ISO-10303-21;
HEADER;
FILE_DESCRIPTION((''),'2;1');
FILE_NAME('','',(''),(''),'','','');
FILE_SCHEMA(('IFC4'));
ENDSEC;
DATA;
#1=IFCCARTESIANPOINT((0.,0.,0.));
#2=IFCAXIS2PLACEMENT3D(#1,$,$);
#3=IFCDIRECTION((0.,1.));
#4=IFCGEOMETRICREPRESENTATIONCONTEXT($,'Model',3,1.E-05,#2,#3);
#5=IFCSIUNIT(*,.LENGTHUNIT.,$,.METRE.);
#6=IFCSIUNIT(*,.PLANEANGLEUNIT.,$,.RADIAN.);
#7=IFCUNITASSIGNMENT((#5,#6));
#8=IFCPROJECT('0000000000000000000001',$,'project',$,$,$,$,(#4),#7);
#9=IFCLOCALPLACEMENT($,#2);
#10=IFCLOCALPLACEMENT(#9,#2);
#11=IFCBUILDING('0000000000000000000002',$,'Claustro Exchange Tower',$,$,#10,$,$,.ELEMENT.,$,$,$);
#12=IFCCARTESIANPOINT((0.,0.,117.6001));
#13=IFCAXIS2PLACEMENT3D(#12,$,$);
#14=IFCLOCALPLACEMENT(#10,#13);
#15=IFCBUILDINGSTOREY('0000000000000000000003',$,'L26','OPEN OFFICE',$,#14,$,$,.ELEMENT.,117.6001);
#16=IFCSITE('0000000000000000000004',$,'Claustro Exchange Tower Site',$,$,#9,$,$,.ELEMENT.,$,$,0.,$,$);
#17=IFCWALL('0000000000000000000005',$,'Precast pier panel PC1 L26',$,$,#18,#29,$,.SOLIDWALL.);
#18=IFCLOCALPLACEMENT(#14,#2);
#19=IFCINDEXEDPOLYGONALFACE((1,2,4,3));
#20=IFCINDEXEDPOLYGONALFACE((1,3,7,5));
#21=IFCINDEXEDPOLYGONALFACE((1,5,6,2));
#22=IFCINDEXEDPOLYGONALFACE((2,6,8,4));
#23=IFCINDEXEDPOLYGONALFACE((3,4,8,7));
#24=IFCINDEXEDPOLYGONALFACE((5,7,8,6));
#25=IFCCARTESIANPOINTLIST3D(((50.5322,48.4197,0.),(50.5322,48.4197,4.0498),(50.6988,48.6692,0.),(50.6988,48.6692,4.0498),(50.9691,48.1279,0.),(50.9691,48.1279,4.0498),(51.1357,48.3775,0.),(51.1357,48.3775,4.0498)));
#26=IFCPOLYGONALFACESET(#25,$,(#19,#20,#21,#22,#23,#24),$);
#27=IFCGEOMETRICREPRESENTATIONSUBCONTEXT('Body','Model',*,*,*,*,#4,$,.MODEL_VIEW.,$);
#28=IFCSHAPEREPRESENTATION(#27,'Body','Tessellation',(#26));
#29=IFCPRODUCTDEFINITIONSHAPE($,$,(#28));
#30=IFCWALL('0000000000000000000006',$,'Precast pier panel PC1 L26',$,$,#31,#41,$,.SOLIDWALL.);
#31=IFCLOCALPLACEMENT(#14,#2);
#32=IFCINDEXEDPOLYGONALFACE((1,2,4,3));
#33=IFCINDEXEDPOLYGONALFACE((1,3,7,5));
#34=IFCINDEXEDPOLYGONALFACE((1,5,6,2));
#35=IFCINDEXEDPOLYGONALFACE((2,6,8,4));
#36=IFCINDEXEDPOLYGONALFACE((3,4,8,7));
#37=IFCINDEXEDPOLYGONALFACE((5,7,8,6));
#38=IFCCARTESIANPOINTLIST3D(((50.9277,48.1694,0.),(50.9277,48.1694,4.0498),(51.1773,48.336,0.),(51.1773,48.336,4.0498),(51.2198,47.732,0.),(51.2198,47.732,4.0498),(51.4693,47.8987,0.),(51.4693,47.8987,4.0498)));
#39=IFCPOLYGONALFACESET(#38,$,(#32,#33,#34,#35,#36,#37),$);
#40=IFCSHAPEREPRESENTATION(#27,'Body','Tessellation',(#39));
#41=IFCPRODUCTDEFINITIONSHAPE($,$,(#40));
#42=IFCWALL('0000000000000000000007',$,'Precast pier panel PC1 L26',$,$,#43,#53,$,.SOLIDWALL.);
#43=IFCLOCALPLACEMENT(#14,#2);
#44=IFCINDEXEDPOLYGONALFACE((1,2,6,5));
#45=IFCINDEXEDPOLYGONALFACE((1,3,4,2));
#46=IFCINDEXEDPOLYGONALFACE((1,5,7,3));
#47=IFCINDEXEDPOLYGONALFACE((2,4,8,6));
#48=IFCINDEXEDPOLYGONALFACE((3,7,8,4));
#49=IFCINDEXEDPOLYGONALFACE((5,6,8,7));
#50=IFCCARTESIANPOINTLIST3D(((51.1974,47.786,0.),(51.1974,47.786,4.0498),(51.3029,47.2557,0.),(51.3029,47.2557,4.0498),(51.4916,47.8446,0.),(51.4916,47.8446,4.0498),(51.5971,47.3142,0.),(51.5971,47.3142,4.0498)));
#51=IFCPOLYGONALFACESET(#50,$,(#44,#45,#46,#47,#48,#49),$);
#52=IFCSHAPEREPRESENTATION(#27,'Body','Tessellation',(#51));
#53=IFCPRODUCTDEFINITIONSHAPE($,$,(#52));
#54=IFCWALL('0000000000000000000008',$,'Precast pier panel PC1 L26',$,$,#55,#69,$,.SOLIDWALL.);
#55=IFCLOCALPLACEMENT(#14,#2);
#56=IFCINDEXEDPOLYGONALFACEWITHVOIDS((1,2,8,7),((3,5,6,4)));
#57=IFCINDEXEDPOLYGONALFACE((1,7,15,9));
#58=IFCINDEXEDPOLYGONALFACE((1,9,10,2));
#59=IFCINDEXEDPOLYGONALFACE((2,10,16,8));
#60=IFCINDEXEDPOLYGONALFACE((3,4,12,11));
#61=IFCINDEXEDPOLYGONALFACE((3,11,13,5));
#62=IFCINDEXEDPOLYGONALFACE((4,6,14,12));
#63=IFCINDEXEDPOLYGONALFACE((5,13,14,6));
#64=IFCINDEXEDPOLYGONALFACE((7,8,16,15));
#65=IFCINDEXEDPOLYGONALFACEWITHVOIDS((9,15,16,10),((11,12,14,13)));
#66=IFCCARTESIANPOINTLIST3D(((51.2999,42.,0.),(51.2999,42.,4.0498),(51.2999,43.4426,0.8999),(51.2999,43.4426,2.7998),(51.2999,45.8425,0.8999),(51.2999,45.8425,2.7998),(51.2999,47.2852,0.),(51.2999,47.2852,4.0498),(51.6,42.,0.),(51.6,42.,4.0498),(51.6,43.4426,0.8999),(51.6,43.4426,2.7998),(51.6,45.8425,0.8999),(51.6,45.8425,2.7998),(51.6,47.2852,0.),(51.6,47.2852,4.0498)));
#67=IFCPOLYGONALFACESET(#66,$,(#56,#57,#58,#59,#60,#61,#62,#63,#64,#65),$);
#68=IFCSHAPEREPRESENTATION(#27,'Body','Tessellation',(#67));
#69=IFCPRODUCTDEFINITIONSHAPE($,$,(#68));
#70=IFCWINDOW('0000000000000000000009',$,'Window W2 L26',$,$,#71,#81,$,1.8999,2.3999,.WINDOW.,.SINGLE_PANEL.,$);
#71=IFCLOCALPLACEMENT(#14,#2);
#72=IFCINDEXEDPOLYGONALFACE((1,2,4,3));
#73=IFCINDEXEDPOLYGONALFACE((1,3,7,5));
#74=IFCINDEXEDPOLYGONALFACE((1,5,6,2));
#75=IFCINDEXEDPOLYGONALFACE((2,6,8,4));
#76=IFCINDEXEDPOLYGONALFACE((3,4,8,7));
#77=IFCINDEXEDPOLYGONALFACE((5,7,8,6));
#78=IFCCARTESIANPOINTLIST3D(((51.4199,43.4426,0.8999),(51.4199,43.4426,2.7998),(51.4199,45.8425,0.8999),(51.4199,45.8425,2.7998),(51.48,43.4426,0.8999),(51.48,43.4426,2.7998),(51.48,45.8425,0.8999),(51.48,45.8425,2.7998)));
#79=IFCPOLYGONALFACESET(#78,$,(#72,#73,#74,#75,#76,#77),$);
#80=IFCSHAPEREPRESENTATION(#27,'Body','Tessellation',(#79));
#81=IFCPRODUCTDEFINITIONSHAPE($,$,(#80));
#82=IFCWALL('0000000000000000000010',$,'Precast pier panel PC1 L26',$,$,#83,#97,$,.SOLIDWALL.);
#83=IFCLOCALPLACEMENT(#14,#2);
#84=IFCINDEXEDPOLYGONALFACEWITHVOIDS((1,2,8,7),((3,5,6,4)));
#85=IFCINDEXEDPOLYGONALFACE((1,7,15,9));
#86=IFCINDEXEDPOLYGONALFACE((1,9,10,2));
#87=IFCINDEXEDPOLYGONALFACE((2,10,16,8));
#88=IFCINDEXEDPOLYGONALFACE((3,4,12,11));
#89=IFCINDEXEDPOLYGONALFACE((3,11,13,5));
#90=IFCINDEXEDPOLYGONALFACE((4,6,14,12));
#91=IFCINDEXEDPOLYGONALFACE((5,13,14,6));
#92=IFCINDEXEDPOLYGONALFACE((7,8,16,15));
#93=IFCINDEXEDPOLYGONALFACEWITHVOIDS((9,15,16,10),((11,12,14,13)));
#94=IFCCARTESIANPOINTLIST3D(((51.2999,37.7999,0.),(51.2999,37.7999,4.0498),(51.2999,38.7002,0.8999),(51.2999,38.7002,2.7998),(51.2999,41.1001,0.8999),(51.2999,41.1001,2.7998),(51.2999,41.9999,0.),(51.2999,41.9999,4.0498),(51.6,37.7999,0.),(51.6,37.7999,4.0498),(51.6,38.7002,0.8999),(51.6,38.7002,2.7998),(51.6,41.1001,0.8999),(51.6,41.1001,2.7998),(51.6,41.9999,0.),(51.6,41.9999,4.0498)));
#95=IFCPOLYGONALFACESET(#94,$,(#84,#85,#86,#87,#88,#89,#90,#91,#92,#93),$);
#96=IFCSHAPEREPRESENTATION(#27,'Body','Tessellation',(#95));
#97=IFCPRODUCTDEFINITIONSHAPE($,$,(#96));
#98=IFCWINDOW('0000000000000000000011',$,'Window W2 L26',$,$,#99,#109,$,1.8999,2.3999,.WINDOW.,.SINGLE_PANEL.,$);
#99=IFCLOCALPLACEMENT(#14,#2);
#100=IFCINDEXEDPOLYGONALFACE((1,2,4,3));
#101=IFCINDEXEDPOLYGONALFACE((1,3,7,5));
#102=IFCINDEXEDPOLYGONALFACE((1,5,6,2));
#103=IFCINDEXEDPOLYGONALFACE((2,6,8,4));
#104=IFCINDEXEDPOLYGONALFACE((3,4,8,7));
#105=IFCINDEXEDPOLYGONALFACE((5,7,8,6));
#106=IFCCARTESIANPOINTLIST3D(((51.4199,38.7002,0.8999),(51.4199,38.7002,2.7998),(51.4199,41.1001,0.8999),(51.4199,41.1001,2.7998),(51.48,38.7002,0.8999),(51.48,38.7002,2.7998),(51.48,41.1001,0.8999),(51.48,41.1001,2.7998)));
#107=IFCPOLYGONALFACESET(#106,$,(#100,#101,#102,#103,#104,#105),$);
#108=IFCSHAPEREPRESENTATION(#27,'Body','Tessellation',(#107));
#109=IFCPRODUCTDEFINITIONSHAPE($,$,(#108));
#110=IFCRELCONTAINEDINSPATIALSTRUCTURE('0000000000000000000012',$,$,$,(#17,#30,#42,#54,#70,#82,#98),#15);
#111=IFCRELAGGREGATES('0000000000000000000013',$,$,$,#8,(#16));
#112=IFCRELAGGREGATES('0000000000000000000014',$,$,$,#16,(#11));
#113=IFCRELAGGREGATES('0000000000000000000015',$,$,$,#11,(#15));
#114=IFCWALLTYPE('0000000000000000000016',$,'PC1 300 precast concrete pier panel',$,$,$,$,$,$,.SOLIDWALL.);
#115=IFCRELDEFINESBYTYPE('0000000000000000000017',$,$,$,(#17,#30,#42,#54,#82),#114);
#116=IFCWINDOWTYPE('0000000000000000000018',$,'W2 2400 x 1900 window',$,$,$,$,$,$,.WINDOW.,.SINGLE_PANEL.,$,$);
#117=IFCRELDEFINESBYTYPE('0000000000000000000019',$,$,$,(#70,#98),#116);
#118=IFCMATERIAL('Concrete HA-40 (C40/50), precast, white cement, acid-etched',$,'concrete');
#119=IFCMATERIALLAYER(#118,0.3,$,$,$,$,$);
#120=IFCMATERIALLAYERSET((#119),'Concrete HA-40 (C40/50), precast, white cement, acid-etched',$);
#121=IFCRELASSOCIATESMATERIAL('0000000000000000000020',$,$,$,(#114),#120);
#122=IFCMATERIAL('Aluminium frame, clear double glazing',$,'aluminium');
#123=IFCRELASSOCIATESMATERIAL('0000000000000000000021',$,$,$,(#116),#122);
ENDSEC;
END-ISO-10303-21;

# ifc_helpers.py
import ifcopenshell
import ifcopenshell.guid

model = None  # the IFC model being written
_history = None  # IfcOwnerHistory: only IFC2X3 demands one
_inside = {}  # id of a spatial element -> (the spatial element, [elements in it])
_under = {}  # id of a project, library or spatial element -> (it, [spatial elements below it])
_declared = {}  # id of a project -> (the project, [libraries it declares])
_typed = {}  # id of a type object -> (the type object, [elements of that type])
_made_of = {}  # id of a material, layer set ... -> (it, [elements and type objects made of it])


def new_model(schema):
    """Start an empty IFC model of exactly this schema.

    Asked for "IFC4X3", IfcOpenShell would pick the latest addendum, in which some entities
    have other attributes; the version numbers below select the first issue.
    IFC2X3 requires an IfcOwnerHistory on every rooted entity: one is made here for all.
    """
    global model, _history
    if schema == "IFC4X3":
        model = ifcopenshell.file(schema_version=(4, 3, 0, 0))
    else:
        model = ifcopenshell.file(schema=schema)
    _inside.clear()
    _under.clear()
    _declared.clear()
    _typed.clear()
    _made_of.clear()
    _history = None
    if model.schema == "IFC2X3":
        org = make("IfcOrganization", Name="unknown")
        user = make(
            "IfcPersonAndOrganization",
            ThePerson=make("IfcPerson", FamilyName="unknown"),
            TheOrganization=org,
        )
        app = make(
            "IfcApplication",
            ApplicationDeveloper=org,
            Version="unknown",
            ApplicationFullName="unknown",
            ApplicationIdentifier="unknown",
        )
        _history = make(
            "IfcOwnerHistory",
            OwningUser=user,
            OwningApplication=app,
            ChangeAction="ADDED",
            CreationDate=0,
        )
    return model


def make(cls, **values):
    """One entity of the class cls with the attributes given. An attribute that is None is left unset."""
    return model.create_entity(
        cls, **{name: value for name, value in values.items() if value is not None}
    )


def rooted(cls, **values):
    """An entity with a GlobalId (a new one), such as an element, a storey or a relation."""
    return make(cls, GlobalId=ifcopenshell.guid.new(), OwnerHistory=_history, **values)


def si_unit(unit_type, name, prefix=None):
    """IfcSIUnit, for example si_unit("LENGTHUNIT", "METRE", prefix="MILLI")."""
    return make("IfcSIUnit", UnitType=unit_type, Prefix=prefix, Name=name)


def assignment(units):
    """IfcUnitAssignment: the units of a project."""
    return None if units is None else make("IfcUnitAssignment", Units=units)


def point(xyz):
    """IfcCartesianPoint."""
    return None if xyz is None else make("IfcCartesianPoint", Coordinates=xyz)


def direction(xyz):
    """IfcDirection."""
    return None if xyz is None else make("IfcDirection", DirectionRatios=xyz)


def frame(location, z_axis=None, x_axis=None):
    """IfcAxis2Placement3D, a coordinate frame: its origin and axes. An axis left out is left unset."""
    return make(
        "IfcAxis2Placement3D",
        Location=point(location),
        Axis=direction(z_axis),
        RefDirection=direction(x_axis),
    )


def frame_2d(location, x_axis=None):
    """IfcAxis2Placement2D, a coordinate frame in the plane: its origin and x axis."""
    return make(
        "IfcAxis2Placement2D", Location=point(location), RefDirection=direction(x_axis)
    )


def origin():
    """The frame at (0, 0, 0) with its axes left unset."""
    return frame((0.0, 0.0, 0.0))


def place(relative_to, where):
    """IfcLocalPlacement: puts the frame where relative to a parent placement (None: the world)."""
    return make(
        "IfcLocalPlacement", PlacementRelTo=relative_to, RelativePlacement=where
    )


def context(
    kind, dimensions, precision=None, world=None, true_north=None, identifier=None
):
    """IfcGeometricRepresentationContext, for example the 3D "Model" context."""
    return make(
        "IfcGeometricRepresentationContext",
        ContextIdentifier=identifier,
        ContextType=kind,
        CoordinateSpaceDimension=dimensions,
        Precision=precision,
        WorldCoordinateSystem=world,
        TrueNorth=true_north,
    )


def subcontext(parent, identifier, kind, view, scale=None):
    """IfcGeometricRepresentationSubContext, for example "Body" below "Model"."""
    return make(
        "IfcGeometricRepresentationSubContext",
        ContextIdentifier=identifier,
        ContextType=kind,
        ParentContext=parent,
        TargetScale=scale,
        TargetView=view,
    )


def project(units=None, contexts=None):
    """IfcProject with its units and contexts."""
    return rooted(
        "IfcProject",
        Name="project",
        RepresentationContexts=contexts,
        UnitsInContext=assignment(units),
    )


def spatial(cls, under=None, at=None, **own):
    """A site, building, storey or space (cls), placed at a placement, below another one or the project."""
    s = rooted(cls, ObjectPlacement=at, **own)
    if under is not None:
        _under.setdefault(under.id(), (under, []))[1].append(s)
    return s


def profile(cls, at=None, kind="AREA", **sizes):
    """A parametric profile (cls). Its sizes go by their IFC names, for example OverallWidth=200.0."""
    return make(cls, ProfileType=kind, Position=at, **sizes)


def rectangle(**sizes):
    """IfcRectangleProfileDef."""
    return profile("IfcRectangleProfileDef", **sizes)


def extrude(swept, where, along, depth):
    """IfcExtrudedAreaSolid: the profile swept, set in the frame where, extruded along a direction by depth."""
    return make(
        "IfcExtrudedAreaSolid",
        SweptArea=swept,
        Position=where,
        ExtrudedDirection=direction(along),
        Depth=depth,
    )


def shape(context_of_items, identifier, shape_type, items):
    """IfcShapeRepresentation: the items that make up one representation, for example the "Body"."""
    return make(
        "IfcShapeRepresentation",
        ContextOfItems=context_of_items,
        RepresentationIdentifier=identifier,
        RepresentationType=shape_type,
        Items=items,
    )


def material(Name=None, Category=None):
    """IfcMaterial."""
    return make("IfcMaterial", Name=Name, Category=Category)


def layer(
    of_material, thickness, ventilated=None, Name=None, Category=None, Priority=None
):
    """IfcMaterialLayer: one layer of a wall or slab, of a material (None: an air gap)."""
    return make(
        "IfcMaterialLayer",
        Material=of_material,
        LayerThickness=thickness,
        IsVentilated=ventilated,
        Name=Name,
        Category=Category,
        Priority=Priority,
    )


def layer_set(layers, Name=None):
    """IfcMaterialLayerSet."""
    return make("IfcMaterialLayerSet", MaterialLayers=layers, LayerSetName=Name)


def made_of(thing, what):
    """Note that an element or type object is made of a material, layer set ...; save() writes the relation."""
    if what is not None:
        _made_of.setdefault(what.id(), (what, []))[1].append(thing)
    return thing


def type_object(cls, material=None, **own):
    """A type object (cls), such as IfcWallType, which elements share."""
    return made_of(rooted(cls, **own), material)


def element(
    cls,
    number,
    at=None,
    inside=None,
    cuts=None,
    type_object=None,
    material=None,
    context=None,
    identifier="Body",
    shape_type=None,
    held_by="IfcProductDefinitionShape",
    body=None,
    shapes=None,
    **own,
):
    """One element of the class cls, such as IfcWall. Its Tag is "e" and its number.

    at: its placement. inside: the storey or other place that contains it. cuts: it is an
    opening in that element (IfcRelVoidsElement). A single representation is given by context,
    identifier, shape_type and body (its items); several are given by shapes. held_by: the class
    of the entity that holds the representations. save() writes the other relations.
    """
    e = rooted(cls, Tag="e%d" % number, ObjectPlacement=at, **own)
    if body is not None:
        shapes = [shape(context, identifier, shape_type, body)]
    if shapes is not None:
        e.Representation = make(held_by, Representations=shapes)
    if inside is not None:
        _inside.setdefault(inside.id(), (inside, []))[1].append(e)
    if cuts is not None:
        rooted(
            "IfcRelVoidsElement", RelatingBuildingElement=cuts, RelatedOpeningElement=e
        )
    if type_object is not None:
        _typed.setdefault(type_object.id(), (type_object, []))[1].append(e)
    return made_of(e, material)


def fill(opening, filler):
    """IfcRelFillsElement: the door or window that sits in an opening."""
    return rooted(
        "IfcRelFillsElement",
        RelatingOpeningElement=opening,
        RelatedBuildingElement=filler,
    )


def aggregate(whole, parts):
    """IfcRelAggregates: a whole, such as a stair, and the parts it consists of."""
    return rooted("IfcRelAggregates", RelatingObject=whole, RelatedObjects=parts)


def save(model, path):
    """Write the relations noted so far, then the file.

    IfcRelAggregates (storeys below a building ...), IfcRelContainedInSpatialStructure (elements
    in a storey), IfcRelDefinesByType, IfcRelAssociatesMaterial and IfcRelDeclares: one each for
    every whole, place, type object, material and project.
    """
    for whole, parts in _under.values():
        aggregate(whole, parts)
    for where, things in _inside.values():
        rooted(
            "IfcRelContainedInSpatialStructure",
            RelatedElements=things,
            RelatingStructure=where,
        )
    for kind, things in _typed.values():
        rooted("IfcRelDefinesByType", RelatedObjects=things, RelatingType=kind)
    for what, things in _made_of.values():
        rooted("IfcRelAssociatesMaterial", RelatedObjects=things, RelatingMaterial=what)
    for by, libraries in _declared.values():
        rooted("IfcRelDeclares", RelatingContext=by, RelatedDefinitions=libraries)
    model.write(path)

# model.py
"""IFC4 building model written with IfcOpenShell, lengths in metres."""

from ifc_helpers import new_model, si_unit, direction, frame, frame_2d, origin, place, context, subcontext, project, spatial, rectangle, extrude, material, layer, layer_set, type_object, element, fill, save


model = new_model("IFC4")

# Units and contexts
model_context = context("Model", 3, precision=1e-05, world=origin(), true_north=direction((0.0, 1.0)))
body_context = subcontext(model_context, "Body", "Model", "MODEL_VIEW")
ifc_project = project(units=[si_unit("LENGTHUNIT", "METRE"), si_unit("PLANEANGLEUNIT", "RADIAN")], contexts=[model_context])

# Site, building, storey
site_placement = place(None, origin())
site = spatial("IfcSite", under=ifc_project, at=site_placement, Name="Claustro Exchange Tower Site", CompositionType="ELEMENT", RefElevation=0.0)
building_placement = place(site_placement, origin())
building = spatial("IfcBuilding", under=site, at=building_placement, Name="Claustro Exchange Tower", CompositionType="ELEMENT")
storey_placement = place(building_placement, frame((0.0, 0.0, 117.6001)))
storey = spatial("IfcBuildingStorey", under=building, at=storey_placement, Name="L26", Description="OPEN OFFICE", CompositionType="ELEMENT", Elevation=117.6001)

# Shared definitions
ifc_material_1 = material(Name="Concrete HA-40 (C40/50), precast, white cement, acid-etched", Category="concrete")
ifc_layer_1 = layer(ifc_material_1, 0.3)
ifc_layer_set_1 = layer_set([ifc_layer_1], Name="Concrete HA-40 (C40/50), precast, white cement, acid-etched")
wall_type_1 = type_object("IfcWallType", Name="PC1 300 precast concrete pier panel", PredefinedType="SOLIDWALL", material=ifc_layer_set_1)

# Walls
wall_1_placement = place(storey_placement, frame((50.6155, 48.5444, 0.0), z_axis=(0.0, 0.0, 1.0), x_axis=(0.831693, -0.555236, 0.0)))
element("IfcWall", 1, at=wall_1_placement, inside=storey, type_object=wall_type_1, Name="Precast pier panel PC1 L26", PredefinedType="SOLIDWALL", context=body_context, shape_type="SweptSolid", body=[
    extrude(rectangle(XDim=0.5254, YDim=0.3, at=frame_2d((0.2627, 0.0))), origin(), (0.0, 0.0, 1.0), 4.0498),
])
wall_2_placement = place(storey_placement, frame((51.0525, 48.2527, 0.0), z_axis=(0.0, 0.0, 1.0), x_axis=(0.555343, -0.831621, 0.0)))
element("IfcWall", 2, at=wall_2_placement, inside=storey, type_object=wall_type_1, Name="Precast pier panel PC1 L26", PredefinedType="SOLIDWALL", context=body_context, shape_type="SweptSolid", body=[
    extrude(rectangle(XDim=0.5259, YDim=0.3, at=frame_2d((0.2629, 0.0))), origin(), (0.0, 0.0, 1.0), 4.0498),
])
wall_3_placement = place(storey_placement, frame((51.3445, 47.8154, 0.0), z_axis=(0.0, 0.0, 1.0), x_axis=(0.195074, -0.980789, 0.0)))
element("IfcWall", 3, at=wall_3_placement, inside=storey, type_object=wall_type_1, Name="Precast pier panel PC1 L26", PredefinedType="SOLIDWALL", context=body_context, shape_type="SweptSolid", body=[
    extrude(rectangle(XDim=0.5408, YDim=0.3, at=frame_2d((0.2705, 0.0))), origin(), (0.0, 0.0, 1.0), 4.0498),
])

# Walls, openings, windows
wall_4_placement = place(storey_placement, frame((51.45, 47.2852, 0.0), z_axis=(0.0, 0.0, 1.0), x_axis=(0.0, -1.0, 0.0)))
wall_4 = element("IfcWall", 4, at=wall_4_placement, inside=storey, type_object=wall_type_1, Name="Precast pier panel PC1 L26", PredefinedType="SOLIDWALL", context=body_context, shape_type="SweptSolid", body=[
    extrude(rectangle(XDim=5.2852, YDim=0.3, at=frame_2d((2.6426, 0.0))), origin(), (0.0, 0.0, 1.0), 4.0498),
])
opening_1_placement = place(wall_4_placement, frame((1.4426, 0.0, 0.8999)))
opening_1 = element("IfcOpeningElement", 5, at=opening_1_placement, cuts=wall_4, PredefinedType="OPENING", context=body_context, shape_type="SweptSolid", body=[
    extrude(rectangle(XDim=2.3999, YDim=1.8999, at=frame_2d((1.2, 0.95))), frame((0.0, 0.1599, 0.0), z_axis=(0.0, -1.0, 0.0), x_axis=(1.0, 0.0, 0.0)), (0.0, 0.0, 1.0), 0.3201),
])
ifc_material_2 = material(Name="Aluminium frame, clear double glazing", Category="aluminium")
window_type_1 = type_object("IfcWindowType", Name="W2 2400 x 1900 window", PartitioningType="SINGLE_PANEL", PredefinedType="WINDOW", material=ifc_material_2)
window_1_placement = place(opening_1_placement, origin())
window_1 = element("IfcWindow", 6, at=window_1_placement, inside=storey, type_object=window_type_1, Name="Window W2 L26", OverallHeight=1.8999, OverallWidth=2.3999, PartitioningType="SINGLE_PANEL", PredefinedType="WINDOW", context=body_context, shape_type="SweptSolid", body=[
    extrude(rectangle(XDim=2.3999, YDim=1.8999, at=frame_2d((1.2, 0.95))), frame((0.0, 0.03, 0.0), z_axis=(0.0, -1.0, 0.0), x_axis=(1.0, 0.0, 0.0)), (0.0, 0.0, 1.0), 0.0601),
])
fill(opening_1, window_1)
wall_5_placement = place(storey_placement, frame((51.45, 42.0, 0.0), z_axis=(0.0, 0.0, 1.0), x_axis=(0.0, -1.0, 0.0)))
wall_5 = element("IfcWall", 7, at=wall_5_placement, inside=storey, type_object=wall_type_1, Name="Precast pier panel PC1 L26", PredefinedType="SOLIDWALL", context=body_context, shape_type="SweptSolid", body=[
    extrude(rectangle(XDim=4.2, YDim=0.3, at=frame_2d((2.1001, 0.0))), origin(), (0.0, 0.0, 1.0), 4.0498),
])
opening_2_placement = place(wall_5_placement, frame((0.8999, 0.0, 0.8999)))
opening_2 = element("IfcOpeningElement", 8, at=opening_2_placement, cuts=wall_5, PredefinedType="OPENING", context=body_context, shape_type="SweptSolid", body=[
    extrude(rectangle(XDim=2.3999, YDim=1.8999, at=frame_2d((1.2, 0.95))), frame((0.0, 0.1599, 0.0), z_axis=(0.0, -1.0, 0.0), x_axis=(1.0, 0.0, 0.0)), (0.0, 0.0, 1.0), 0.3201),
])
window_2_placement = place(opening_2_placement, origin())
window_2 = element("IfcWindow", 9, at=window_2_placement, inside=storey, type_object=window_type_1, Name="Window W2 L26", OverallHeight=1.8999, OverallWidth=2.3999, PartitioningType="SINGLE_PANEL", PredefinedType="WINDOW", context=body_context, shape_type="SweptSolid", body=[
    extrude(rectangle(XDim=2.3999, YDim=1.8999, at=frame_2d((1.2, 0.95))), frame((0.0, 0.03, 0.0), z_axis=(0.0, -1.0, 0.0), x_axis=(1.0, 0.0, 0.0)), (0.0, 0.0, 1.0), 0.0601),
])
fill(opening_2, window_2)

save(model, "model.ifc")
